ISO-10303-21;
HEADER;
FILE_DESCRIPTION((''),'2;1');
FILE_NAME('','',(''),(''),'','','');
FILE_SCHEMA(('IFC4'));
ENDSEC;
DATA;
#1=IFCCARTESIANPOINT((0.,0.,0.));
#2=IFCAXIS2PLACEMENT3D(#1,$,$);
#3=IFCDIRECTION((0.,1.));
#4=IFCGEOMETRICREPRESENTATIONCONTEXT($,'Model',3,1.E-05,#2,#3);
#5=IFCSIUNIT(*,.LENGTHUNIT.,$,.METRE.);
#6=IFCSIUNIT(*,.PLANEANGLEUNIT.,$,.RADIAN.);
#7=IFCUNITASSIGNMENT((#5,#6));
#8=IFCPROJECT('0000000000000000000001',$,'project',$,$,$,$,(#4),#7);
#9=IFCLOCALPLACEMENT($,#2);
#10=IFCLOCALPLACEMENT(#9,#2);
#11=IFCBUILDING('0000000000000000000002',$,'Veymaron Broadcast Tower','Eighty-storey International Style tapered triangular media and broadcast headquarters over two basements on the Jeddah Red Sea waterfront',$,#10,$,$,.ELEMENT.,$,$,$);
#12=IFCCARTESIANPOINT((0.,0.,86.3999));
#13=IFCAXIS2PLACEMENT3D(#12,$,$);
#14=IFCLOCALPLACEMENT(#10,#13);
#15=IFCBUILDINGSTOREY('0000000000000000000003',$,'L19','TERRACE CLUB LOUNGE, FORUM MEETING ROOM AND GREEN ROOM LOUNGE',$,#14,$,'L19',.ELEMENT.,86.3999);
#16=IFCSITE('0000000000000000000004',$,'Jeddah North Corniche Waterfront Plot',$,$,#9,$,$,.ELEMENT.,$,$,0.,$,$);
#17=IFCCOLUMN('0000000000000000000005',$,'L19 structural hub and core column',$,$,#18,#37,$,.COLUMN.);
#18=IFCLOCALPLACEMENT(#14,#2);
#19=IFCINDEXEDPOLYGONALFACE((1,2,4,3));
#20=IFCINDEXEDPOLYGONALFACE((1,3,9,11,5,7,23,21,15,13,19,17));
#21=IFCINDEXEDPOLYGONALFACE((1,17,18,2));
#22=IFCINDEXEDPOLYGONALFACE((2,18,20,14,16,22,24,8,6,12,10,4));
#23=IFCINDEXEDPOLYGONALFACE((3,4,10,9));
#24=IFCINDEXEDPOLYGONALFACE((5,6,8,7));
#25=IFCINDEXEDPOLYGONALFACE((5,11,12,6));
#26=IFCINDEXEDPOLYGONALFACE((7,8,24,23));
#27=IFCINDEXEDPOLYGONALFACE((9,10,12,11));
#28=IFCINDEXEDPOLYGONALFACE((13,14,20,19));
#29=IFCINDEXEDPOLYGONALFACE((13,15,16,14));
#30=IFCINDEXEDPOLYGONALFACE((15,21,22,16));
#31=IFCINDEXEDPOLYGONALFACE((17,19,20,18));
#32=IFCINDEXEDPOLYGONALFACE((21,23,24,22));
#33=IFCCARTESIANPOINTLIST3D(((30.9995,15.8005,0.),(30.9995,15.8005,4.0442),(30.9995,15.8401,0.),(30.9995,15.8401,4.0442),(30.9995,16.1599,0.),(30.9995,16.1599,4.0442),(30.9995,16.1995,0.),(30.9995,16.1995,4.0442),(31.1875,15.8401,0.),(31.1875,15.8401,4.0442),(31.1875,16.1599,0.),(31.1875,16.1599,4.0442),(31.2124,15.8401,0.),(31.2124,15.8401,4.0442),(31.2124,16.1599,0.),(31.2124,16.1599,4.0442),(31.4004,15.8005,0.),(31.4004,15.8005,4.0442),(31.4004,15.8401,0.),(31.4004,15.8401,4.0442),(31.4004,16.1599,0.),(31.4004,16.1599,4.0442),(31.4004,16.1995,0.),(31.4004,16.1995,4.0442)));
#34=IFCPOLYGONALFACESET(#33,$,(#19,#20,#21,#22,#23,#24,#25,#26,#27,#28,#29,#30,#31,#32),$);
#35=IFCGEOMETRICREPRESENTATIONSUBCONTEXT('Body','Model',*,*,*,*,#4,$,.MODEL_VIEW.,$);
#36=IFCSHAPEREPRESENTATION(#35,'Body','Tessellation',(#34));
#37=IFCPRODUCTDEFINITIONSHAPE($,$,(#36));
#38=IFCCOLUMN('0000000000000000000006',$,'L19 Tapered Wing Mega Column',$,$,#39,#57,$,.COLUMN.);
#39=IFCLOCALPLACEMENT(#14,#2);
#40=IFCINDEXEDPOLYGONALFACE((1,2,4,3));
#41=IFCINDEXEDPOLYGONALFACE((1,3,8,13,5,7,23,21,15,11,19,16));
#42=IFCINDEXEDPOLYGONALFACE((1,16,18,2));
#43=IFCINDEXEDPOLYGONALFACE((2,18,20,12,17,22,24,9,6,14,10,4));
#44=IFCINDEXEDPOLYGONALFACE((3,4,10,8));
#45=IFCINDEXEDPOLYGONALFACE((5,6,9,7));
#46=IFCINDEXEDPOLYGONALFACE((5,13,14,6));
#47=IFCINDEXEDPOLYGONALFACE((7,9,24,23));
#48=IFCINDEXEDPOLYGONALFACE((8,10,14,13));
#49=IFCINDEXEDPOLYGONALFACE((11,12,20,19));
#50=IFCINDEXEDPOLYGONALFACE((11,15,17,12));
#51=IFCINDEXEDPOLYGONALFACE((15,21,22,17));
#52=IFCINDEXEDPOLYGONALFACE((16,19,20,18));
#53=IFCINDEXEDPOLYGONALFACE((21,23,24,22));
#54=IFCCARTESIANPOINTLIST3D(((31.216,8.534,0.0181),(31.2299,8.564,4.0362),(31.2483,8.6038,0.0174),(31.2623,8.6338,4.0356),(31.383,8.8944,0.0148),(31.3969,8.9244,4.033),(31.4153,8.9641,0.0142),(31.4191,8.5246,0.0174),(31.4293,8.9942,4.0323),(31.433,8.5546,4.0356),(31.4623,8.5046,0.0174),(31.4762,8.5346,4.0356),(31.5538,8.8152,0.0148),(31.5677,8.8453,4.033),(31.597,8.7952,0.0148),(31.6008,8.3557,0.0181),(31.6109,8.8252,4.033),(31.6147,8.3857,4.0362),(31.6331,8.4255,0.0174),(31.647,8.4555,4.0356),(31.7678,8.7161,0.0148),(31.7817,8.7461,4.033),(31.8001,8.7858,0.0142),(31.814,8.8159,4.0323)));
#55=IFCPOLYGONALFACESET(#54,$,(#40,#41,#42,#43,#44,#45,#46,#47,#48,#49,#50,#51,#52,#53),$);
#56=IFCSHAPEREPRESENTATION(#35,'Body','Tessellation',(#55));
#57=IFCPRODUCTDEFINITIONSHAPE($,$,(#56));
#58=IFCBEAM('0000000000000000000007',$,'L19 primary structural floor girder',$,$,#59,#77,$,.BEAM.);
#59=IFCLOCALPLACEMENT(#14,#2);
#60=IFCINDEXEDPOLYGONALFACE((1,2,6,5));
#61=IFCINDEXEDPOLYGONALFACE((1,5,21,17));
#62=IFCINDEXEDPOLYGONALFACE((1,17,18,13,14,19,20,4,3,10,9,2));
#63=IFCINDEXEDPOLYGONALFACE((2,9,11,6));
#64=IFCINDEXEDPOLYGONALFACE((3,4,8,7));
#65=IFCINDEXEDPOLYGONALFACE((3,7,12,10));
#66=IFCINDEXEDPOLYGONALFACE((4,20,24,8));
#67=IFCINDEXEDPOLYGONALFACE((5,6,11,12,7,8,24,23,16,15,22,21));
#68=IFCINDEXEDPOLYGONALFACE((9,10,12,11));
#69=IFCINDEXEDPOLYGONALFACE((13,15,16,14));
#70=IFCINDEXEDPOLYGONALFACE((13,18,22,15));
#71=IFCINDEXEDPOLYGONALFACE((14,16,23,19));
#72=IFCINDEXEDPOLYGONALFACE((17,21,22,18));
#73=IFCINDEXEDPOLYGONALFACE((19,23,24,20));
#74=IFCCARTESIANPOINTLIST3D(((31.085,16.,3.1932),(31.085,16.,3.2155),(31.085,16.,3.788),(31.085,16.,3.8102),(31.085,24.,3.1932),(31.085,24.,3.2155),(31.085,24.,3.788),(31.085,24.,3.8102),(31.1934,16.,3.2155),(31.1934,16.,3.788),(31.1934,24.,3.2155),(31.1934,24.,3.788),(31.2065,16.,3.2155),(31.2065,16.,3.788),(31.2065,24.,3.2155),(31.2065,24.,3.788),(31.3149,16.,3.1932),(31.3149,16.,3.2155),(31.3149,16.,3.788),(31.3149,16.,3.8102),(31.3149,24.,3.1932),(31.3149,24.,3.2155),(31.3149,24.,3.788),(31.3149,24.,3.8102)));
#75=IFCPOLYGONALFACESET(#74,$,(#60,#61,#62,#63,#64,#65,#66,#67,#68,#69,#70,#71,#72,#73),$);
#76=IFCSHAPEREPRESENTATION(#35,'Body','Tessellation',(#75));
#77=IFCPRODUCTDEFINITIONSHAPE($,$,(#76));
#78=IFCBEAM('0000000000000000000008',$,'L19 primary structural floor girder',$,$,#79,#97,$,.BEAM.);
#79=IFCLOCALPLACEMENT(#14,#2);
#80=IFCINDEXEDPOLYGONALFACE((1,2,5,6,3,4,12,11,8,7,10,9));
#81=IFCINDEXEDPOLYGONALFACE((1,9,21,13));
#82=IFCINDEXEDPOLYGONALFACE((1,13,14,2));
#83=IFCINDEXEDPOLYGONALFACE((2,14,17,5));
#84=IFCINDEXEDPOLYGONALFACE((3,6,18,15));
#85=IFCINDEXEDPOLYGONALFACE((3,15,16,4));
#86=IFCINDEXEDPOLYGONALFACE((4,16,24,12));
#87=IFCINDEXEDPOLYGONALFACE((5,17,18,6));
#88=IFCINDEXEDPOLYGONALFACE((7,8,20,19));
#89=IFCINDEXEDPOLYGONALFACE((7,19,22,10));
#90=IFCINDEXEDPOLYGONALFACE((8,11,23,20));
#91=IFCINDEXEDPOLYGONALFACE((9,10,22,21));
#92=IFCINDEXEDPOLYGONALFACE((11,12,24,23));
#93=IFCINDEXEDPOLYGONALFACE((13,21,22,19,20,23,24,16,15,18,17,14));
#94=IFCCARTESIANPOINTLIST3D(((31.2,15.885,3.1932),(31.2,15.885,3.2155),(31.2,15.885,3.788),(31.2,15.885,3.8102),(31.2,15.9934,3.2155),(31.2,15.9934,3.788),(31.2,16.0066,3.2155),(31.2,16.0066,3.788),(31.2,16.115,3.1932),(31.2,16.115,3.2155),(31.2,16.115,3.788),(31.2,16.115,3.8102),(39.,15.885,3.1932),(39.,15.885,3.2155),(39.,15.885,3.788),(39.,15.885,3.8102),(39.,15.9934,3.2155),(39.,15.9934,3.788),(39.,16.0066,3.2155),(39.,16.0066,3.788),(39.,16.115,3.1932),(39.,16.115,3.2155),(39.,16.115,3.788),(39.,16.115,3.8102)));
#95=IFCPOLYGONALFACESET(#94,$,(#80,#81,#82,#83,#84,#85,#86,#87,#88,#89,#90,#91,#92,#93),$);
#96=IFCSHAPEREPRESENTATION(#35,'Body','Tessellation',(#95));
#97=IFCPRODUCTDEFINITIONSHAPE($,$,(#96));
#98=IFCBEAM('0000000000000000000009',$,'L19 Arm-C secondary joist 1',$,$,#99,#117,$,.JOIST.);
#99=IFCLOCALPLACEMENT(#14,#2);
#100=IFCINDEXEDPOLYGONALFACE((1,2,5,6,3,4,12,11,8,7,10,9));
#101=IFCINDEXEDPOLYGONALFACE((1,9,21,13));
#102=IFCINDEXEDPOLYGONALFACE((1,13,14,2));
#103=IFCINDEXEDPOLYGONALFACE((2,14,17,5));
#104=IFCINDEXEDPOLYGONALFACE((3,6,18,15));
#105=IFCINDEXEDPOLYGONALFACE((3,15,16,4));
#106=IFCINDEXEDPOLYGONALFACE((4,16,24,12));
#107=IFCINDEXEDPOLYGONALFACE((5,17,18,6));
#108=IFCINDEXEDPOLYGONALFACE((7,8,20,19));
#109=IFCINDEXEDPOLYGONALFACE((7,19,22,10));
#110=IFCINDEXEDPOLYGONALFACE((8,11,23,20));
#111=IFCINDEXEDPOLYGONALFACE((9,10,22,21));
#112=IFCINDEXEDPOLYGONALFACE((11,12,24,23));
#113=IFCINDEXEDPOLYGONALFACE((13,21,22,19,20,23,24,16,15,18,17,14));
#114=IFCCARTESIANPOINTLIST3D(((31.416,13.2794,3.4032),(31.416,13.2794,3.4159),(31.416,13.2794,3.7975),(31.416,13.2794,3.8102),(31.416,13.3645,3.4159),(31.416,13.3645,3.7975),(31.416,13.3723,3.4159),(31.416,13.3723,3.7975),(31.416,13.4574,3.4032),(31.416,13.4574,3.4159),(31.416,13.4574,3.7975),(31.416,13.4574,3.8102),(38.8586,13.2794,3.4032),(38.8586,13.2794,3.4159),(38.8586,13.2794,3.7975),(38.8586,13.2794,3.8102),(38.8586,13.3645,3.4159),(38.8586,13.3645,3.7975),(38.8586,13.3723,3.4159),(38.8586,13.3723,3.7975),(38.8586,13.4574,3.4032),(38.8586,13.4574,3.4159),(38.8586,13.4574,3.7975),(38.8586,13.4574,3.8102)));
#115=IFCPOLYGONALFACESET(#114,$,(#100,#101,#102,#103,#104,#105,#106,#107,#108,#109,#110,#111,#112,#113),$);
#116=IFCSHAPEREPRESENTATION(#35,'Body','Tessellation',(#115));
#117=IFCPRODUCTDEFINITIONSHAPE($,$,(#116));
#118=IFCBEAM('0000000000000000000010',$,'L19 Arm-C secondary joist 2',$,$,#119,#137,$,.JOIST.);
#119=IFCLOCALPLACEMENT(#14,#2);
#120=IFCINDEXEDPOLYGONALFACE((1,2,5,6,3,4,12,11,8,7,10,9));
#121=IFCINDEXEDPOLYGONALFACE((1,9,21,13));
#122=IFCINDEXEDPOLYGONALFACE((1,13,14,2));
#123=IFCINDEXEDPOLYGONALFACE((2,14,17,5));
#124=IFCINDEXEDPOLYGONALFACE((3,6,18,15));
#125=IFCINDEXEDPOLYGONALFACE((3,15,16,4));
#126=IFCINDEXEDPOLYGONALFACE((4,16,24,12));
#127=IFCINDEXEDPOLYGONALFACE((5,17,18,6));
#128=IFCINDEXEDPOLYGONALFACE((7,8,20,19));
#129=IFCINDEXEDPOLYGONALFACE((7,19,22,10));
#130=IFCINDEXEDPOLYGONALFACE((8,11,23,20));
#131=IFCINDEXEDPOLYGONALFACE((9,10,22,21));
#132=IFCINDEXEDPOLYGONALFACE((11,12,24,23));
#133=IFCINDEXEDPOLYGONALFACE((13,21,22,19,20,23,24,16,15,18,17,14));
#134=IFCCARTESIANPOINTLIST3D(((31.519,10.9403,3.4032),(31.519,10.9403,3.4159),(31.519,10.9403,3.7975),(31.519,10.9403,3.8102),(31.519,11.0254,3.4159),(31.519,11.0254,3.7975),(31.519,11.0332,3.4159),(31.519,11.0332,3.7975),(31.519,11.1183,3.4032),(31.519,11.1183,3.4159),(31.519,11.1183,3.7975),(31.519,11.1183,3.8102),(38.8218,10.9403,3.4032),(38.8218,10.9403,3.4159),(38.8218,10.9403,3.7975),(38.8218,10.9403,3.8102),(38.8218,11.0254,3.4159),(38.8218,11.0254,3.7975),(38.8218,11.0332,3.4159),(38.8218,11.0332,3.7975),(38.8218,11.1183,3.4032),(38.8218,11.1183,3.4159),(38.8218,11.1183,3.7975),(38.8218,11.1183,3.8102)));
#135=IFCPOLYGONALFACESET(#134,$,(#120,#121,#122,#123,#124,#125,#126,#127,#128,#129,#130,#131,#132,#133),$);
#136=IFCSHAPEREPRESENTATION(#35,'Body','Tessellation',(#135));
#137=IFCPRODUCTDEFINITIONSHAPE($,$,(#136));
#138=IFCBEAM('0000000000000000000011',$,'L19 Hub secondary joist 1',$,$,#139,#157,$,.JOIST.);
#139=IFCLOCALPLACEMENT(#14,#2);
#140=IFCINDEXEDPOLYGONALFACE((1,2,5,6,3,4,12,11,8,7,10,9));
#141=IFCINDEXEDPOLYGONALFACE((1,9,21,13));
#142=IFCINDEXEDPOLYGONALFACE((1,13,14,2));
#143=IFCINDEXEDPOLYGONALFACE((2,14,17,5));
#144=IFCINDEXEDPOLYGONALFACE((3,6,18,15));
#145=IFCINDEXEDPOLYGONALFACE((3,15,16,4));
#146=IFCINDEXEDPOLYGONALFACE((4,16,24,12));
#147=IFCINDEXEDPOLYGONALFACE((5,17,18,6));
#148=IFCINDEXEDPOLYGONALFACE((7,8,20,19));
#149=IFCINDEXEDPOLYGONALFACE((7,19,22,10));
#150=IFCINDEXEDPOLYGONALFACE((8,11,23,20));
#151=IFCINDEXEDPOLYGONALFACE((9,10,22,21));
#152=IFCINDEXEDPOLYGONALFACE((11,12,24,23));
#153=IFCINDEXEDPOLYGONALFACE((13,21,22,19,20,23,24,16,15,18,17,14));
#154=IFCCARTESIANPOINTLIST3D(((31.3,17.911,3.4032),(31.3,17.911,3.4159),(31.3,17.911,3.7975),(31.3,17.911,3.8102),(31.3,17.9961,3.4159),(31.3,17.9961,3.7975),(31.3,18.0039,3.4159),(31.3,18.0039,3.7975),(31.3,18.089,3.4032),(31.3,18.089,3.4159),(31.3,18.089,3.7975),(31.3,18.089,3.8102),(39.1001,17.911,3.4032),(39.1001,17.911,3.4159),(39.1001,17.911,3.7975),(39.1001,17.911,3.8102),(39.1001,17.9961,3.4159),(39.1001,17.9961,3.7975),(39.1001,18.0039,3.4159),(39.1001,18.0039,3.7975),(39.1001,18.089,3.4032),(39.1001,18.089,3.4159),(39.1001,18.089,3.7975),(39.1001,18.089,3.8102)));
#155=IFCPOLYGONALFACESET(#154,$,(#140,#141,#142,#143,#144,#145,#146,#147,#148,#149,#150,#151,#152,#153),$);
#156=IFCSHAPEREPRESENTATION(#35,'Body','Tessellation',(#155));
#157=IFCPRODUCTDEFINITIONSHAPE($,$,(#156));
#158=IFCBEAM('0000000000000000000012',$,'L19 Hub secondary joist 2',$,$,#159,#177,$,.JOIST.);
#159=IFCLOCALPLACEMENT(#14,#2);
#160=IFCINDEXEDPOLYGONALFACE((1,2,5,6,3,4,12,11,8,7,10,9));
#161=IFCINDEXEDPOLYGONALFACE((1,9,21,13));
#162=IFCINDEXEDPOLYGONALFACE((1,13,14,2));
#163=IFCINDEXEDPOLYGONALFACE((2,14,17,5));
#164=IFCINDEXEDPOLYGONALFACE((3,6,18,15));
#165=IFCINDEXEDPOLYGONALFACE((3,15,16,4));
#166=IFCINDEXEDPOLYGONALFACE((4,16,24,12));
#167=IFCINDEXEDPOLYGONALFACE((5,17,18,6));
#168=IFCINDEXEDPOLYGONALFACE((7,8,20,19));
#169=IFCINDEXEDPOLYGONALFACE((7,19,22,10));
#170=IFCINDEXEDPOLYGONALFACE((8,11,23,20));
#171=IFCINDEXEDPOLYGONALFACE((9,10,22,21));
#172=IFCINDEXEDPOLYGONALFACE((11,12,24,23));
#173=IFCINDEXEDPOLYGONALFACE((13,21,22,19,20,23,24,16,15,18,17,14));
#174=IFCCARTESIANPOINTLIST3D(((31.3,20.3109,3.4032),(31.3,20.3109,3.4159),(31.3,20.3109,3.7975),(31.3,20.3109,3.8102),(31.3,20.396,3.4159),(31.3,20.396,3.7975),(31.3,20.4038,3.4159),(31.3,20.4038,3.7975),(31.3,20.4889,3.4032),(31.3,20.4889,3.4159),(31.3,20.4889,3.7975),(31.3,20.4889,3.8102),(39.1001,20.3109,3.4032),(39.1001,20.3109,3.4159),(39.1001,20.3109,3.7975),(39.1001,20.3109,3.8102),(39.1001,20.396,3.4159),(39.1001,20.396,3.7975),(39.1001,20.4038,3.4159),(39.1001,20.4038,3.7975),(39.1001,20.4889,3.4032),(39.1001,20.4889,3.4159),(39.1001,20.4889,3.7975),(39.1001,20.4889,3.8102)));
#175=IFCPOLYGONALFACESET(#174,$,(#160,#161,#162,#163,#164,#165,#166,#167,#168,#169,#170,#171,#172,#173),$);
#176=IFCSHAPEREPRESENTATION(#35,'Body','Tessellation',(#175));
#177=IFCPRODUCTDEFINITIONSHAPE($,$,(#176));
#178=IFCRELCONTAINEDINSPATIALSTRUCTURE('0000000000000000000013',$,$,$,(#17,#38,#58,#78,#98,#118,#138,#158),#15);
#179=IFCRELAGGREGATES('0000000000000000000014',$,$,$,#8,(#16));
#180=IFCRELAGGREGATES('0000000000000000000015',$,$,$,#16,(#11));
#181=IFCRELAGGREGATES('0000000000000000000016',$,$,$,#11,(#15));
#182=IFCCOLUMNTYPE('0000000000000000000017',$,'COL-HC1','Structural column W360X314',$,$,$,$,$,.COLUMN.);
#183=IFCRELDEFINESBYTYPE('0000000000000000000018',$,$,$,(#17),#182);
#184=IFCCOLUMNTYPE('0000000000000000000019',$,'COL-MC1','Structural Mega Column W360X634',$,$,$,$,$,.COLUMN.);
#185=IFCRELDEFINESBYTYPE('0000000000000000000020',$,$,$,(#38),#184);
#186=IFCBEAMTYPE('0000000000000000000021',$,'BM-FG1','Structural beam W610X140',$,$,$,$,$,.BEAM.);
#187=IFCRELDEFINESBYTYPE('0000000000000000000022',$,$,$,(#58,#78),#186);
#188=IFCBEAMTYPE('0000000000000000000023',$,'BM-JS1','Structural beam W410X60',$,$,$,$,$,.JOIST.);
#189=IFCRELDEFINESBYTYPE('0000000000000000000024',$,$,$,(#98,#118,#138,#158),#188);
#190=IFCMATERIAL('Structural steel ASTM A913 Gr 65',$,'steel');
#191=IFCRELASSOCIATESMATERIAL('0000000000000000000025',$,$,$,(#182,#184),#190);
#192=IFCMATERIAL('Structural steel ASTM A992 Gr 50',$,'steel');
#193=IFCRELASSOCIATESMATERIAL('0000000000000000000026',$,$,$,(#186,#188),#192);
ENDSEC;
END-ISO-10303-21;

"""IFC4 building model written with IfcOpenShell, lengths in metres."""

from ifc_helpers import new_model, si_unit, direction, frame, origin, origin_2d, place, context, subcontext, project, spatial, i_section, extrude, material, material_profile, profile_set, type_object, element, save


model = new_model("IFC4")

# Units and contexts
model_context = context("Model", 3, precision=1e-05, world=origin(), true_north=direction((0.0, 1.0)))
body_context = subcontext(model_context, "Body", "Model", "MODEL_VIEW")
ifc_project = project(units=[si_unit("LENGTHUNIT", "METRE"), si_unit("PLANEANGLEUNIT", "RADIAN")], contexts=[model_context])

# Site, building, storey
site_placement = place(None, origin())
site = spatial("IfcSite", under=ifc_project, at=site_placement, Name="Jeddah North Corniche Waterfront Plot", CompositionType="ELEMENT", RefElevation=0.0)
building_placement = place(site_placement, origin())
building = spatial("IfcBuilding", under=site, at=building_placement, Name="Veymaron Broadcast Tower", Description="Eighty-storey International Style tapered triangular media and broadcast headquarters over two basements on the Jeddah Red Sea waterfront", CompositionType="ELEMENT")
storey_placement = place(building_placement, frame((0.0, 0.0, 86.3999)))
storey = spatial("IfcBuildingStorey", under=building, at=storey_placement, Name="L19", Description="TERRACE CLUB LOUNGE, FORUM MEETING ROOM AND GREEN ROOM LOUNGE", LongName="L19", CompositionType="ELEMENT", Elevation=86.3999)

# Columns
ifc_material_1 = material(Name="Structural steel ASTM A913 Gr 65", Category="steel")
ifc_material_profile_1 = material_profile(ifc_material_1, i_section(OverallWidth=0.4009, OverallDepth=0.3989, WebThickness=0.0249, FlangeThickness=0.0396, at=origin_2d()), Name="W360X314")
ifc_profile_set_1 = profile_set([ifc_material_profile_1], Name="Structural steel ASTM A913 Gr 65")
column_type_1 = type_object("IfcColumnType", Name="COL-HC1", Description="Structural column W360X314", PredefinedType="COLUMN", material=ifc_profile_set_1)
column_1_placement = place(storey_placement, frame((31.2, 16.0, 0.0), z_axis=(0.0, 0.0, 1.0), x_axis=(1.0, 0.0, 0.0)))
element("IfcColumn", 1, at=column_1_placement, inside=storey, type_object=column_type_1, Name="L19 structural hub and core column", PredefinedType="COLUMN", context=body_context, shape_type="SweptSolid", body=[
    extrude(i_section(OverallWidth=0.4009, OverallDepth=0.3989, WebThickness=0.0249, FlangeThickness=0.0396, at=origin_2d()), origin(), (0.0, 0.0, 1.0), 4.0442),
])
ifc_material_profile_2 = material_profile(ifc_material_1, i_section(OverallWidth=0.4241, OverallDepth=0.4741, WebThickness=0.0476, FlangeThickness=0.0769, at=origin_2d()), Name="W360X634")
ifc_profile_set_2 = profile_set([ifc_material_profile_2], Name="Structural steel ASTM A913 Gr 65")
column_type_2 = type_object("IfcColumnType", Name="COL-MC1", Description="Structural Mega Column W360X634", PredefinedType="COLUMN", material=ifc_profile_set_2)
column_2_placement = place(storey_placement, frame((31.5081, 8.6599, 0.0161), z_axis=(0.003463, 0.007473, 0.999966), x_axis=(-0.907311, 0.420461, 0.0)))
element("IfcColumn", 2, at=column_2_placement, inside=storey, type_object=column_type_2, Name="L19 Tapered Wing Mega Column", PredefinedType="COLUMN", context=body_context, shape_type="SweptSolid", body=[
    extrude(i_section(OverallWidth=0.4241, OverallDepth=0.4741, WebThickness=0.0476, FlangeThickness=0.0769, at=origin_2d()), origin(), (0.0, 0.0, 1.0), 4.0183),
])

# Beams
ifc_material_2 = material(Name="Structural steel ASTM A992 Gr 50", Category="steel")
ifc_material_profile_3 = material_profile(ifc_material_2, i_section(OverallWidth=0.23, OverallDepth=0.6169, WebThickness=0.0132, FlangeThickness=0.0222, at=origin_2d()), Name="W610X140")
ifc_profile_set_3 = profile_set([ifc_material_profile_3], Name="Structural steel ASTM A992 Gr 50")
beam_type_1 = type_object("IfcBeamType", Name="BM-FG1", Description="Structural beam W610X140", PredefinedType="BEAM", material=ifc_profile_set_3)
beam_1_placement = place(storey_placement, frame((31.2, 16.0, 3.5017), z_axis=(0.0, 1.0, 0.0), x_axis=(-1.0, 0.0, 0.0)))
element("IfcBeam", 3, at=beam_1_placement, inside=storey, type_object=beam_type_1, Name="L19 primary structural floor girder", PredefinedType="BEAM", context=body_context, shape_type="SweptSolid", body=[
    extrude(i_section(OverallWidth=0.23, OverallDepth=0.6169, WebThickness=0.0132, FlangeThickness=0.0222, at=origin_2d()), origin(), (0.0, 0.0, 1.0), 8.0),
])
beam_2_placement = place(storey_placement, frame((31.2, 16.0, 3.5017), z_axis=(1.0, 0.0, 0.0), x_axis=(0.0, 1.0, 0.0)))
element("IfcBeam", 4, at=beam_2_placement, inside=storey, type_object=beam_type_1, Name="L19 primary structural floor girder", PredefinedType="BEAM", context=body_context, shape_type="SweptSolid", body=[
    extrude(i_section(OverallWidth=0.23, OverallDepth=0.6169, WebThickness=0.0132, FlangeThickness=0.0222, at=origin_2d()), origin(), (0.0, 0.0, 1.0), 7.8),
])
ifc_material_profile_4 = material_profile(ifc_material_2, i_section(OverallWidth=0.178, OverallDepth=0.407, WebThickness=0.0078, FlangeThickness=0.0127, at=origin_2d()), Name="W410X60")
ifc_profile_set_4 = profile_set([ifc_material_profile_4], Name="Structural steel ASTM A992 Gr 50")
beam_type_2 = type_object("IfcBeamType", Name="BM-JS1", Description="Structural beam W410X60", PredefinedType="JOIST", material=ifc_profile_set_4)
beam_3_placement = place(storey_placement, frame((31.416, 13.3684, 3.6067), z_axis=(1.0, 0.0, 0.0), x_axis=(0.0, 1.0, 0.0)))
element("IfcBeam", 5, at=beam_3_placement, inside=storey, type_object=beam_type_2, Name="L19 Arm-C secondary joist 1", PredefinedType="JOIST", context=body_context, shape_type="SweptSolid", body=[
    extrude(i_section(OverallWidth=0.178, OverallDepth=0.407, WebThickness=0.0078, FlangeThickness=0.0127, at=origin_2d()), origin(), (0.0, 0.0, 1.0), 7.4426),
])
beam_4_placement = place(storey_placement, frame((31.519, 11.0293, 3.6067), z_axis=(1.0, 0.0, 0.0), x_axis=(0.0, 1.0, 0.0)))
element("IfcBeam", 6, at=beam_4_placement, inside=storey, type_object=beam_type_2, Name="L19 Arm-C secondary joist 2", PredefinedType="JOIST", context=body_context, shape_type="SweptSolid", body=[
    extrude(i_section(OverallWidth=0.178, OverallDepth=0.407, WebThickness=0.0078, FlangeThickness=0.0127, at=origin_2d()), origin(), (0.0, 0.0, 1.0), 7.3027),
])
for number, where, z_axis, x_axis, name in (
    (7, (31.3, 18.0, 3.6067), (1.0, 0.0, 0.0), (0.0, 1.0, 0.0), "L19 Hub secondary joist 1"),
    (8, (31.3, 20.3999, 3.6067), (1.0, 0.0, 0.0), (0.0, 1.0, 0.0), "L19 Hub secondary joist 2"),
):
    element("IfcBeam", number, at=place(storey_placement, frame(where, z_axis=z_axis, x_axis=x_axis)), inside=storey, type_object=beam_type_2, Name=name, PredefinedType="JOIST", context=body_context, shape_type="SweptSolid", body=[
        extrude(i_section(OverallWidth=0.178, OverallDepth=0.407, WebThickness=0.0078, FlangeThickness=0.0127, at=origin_2d()), origin(), (0.0, 0.0, 1.0), 7.8),
    ])

save(model, "model.ifc")
